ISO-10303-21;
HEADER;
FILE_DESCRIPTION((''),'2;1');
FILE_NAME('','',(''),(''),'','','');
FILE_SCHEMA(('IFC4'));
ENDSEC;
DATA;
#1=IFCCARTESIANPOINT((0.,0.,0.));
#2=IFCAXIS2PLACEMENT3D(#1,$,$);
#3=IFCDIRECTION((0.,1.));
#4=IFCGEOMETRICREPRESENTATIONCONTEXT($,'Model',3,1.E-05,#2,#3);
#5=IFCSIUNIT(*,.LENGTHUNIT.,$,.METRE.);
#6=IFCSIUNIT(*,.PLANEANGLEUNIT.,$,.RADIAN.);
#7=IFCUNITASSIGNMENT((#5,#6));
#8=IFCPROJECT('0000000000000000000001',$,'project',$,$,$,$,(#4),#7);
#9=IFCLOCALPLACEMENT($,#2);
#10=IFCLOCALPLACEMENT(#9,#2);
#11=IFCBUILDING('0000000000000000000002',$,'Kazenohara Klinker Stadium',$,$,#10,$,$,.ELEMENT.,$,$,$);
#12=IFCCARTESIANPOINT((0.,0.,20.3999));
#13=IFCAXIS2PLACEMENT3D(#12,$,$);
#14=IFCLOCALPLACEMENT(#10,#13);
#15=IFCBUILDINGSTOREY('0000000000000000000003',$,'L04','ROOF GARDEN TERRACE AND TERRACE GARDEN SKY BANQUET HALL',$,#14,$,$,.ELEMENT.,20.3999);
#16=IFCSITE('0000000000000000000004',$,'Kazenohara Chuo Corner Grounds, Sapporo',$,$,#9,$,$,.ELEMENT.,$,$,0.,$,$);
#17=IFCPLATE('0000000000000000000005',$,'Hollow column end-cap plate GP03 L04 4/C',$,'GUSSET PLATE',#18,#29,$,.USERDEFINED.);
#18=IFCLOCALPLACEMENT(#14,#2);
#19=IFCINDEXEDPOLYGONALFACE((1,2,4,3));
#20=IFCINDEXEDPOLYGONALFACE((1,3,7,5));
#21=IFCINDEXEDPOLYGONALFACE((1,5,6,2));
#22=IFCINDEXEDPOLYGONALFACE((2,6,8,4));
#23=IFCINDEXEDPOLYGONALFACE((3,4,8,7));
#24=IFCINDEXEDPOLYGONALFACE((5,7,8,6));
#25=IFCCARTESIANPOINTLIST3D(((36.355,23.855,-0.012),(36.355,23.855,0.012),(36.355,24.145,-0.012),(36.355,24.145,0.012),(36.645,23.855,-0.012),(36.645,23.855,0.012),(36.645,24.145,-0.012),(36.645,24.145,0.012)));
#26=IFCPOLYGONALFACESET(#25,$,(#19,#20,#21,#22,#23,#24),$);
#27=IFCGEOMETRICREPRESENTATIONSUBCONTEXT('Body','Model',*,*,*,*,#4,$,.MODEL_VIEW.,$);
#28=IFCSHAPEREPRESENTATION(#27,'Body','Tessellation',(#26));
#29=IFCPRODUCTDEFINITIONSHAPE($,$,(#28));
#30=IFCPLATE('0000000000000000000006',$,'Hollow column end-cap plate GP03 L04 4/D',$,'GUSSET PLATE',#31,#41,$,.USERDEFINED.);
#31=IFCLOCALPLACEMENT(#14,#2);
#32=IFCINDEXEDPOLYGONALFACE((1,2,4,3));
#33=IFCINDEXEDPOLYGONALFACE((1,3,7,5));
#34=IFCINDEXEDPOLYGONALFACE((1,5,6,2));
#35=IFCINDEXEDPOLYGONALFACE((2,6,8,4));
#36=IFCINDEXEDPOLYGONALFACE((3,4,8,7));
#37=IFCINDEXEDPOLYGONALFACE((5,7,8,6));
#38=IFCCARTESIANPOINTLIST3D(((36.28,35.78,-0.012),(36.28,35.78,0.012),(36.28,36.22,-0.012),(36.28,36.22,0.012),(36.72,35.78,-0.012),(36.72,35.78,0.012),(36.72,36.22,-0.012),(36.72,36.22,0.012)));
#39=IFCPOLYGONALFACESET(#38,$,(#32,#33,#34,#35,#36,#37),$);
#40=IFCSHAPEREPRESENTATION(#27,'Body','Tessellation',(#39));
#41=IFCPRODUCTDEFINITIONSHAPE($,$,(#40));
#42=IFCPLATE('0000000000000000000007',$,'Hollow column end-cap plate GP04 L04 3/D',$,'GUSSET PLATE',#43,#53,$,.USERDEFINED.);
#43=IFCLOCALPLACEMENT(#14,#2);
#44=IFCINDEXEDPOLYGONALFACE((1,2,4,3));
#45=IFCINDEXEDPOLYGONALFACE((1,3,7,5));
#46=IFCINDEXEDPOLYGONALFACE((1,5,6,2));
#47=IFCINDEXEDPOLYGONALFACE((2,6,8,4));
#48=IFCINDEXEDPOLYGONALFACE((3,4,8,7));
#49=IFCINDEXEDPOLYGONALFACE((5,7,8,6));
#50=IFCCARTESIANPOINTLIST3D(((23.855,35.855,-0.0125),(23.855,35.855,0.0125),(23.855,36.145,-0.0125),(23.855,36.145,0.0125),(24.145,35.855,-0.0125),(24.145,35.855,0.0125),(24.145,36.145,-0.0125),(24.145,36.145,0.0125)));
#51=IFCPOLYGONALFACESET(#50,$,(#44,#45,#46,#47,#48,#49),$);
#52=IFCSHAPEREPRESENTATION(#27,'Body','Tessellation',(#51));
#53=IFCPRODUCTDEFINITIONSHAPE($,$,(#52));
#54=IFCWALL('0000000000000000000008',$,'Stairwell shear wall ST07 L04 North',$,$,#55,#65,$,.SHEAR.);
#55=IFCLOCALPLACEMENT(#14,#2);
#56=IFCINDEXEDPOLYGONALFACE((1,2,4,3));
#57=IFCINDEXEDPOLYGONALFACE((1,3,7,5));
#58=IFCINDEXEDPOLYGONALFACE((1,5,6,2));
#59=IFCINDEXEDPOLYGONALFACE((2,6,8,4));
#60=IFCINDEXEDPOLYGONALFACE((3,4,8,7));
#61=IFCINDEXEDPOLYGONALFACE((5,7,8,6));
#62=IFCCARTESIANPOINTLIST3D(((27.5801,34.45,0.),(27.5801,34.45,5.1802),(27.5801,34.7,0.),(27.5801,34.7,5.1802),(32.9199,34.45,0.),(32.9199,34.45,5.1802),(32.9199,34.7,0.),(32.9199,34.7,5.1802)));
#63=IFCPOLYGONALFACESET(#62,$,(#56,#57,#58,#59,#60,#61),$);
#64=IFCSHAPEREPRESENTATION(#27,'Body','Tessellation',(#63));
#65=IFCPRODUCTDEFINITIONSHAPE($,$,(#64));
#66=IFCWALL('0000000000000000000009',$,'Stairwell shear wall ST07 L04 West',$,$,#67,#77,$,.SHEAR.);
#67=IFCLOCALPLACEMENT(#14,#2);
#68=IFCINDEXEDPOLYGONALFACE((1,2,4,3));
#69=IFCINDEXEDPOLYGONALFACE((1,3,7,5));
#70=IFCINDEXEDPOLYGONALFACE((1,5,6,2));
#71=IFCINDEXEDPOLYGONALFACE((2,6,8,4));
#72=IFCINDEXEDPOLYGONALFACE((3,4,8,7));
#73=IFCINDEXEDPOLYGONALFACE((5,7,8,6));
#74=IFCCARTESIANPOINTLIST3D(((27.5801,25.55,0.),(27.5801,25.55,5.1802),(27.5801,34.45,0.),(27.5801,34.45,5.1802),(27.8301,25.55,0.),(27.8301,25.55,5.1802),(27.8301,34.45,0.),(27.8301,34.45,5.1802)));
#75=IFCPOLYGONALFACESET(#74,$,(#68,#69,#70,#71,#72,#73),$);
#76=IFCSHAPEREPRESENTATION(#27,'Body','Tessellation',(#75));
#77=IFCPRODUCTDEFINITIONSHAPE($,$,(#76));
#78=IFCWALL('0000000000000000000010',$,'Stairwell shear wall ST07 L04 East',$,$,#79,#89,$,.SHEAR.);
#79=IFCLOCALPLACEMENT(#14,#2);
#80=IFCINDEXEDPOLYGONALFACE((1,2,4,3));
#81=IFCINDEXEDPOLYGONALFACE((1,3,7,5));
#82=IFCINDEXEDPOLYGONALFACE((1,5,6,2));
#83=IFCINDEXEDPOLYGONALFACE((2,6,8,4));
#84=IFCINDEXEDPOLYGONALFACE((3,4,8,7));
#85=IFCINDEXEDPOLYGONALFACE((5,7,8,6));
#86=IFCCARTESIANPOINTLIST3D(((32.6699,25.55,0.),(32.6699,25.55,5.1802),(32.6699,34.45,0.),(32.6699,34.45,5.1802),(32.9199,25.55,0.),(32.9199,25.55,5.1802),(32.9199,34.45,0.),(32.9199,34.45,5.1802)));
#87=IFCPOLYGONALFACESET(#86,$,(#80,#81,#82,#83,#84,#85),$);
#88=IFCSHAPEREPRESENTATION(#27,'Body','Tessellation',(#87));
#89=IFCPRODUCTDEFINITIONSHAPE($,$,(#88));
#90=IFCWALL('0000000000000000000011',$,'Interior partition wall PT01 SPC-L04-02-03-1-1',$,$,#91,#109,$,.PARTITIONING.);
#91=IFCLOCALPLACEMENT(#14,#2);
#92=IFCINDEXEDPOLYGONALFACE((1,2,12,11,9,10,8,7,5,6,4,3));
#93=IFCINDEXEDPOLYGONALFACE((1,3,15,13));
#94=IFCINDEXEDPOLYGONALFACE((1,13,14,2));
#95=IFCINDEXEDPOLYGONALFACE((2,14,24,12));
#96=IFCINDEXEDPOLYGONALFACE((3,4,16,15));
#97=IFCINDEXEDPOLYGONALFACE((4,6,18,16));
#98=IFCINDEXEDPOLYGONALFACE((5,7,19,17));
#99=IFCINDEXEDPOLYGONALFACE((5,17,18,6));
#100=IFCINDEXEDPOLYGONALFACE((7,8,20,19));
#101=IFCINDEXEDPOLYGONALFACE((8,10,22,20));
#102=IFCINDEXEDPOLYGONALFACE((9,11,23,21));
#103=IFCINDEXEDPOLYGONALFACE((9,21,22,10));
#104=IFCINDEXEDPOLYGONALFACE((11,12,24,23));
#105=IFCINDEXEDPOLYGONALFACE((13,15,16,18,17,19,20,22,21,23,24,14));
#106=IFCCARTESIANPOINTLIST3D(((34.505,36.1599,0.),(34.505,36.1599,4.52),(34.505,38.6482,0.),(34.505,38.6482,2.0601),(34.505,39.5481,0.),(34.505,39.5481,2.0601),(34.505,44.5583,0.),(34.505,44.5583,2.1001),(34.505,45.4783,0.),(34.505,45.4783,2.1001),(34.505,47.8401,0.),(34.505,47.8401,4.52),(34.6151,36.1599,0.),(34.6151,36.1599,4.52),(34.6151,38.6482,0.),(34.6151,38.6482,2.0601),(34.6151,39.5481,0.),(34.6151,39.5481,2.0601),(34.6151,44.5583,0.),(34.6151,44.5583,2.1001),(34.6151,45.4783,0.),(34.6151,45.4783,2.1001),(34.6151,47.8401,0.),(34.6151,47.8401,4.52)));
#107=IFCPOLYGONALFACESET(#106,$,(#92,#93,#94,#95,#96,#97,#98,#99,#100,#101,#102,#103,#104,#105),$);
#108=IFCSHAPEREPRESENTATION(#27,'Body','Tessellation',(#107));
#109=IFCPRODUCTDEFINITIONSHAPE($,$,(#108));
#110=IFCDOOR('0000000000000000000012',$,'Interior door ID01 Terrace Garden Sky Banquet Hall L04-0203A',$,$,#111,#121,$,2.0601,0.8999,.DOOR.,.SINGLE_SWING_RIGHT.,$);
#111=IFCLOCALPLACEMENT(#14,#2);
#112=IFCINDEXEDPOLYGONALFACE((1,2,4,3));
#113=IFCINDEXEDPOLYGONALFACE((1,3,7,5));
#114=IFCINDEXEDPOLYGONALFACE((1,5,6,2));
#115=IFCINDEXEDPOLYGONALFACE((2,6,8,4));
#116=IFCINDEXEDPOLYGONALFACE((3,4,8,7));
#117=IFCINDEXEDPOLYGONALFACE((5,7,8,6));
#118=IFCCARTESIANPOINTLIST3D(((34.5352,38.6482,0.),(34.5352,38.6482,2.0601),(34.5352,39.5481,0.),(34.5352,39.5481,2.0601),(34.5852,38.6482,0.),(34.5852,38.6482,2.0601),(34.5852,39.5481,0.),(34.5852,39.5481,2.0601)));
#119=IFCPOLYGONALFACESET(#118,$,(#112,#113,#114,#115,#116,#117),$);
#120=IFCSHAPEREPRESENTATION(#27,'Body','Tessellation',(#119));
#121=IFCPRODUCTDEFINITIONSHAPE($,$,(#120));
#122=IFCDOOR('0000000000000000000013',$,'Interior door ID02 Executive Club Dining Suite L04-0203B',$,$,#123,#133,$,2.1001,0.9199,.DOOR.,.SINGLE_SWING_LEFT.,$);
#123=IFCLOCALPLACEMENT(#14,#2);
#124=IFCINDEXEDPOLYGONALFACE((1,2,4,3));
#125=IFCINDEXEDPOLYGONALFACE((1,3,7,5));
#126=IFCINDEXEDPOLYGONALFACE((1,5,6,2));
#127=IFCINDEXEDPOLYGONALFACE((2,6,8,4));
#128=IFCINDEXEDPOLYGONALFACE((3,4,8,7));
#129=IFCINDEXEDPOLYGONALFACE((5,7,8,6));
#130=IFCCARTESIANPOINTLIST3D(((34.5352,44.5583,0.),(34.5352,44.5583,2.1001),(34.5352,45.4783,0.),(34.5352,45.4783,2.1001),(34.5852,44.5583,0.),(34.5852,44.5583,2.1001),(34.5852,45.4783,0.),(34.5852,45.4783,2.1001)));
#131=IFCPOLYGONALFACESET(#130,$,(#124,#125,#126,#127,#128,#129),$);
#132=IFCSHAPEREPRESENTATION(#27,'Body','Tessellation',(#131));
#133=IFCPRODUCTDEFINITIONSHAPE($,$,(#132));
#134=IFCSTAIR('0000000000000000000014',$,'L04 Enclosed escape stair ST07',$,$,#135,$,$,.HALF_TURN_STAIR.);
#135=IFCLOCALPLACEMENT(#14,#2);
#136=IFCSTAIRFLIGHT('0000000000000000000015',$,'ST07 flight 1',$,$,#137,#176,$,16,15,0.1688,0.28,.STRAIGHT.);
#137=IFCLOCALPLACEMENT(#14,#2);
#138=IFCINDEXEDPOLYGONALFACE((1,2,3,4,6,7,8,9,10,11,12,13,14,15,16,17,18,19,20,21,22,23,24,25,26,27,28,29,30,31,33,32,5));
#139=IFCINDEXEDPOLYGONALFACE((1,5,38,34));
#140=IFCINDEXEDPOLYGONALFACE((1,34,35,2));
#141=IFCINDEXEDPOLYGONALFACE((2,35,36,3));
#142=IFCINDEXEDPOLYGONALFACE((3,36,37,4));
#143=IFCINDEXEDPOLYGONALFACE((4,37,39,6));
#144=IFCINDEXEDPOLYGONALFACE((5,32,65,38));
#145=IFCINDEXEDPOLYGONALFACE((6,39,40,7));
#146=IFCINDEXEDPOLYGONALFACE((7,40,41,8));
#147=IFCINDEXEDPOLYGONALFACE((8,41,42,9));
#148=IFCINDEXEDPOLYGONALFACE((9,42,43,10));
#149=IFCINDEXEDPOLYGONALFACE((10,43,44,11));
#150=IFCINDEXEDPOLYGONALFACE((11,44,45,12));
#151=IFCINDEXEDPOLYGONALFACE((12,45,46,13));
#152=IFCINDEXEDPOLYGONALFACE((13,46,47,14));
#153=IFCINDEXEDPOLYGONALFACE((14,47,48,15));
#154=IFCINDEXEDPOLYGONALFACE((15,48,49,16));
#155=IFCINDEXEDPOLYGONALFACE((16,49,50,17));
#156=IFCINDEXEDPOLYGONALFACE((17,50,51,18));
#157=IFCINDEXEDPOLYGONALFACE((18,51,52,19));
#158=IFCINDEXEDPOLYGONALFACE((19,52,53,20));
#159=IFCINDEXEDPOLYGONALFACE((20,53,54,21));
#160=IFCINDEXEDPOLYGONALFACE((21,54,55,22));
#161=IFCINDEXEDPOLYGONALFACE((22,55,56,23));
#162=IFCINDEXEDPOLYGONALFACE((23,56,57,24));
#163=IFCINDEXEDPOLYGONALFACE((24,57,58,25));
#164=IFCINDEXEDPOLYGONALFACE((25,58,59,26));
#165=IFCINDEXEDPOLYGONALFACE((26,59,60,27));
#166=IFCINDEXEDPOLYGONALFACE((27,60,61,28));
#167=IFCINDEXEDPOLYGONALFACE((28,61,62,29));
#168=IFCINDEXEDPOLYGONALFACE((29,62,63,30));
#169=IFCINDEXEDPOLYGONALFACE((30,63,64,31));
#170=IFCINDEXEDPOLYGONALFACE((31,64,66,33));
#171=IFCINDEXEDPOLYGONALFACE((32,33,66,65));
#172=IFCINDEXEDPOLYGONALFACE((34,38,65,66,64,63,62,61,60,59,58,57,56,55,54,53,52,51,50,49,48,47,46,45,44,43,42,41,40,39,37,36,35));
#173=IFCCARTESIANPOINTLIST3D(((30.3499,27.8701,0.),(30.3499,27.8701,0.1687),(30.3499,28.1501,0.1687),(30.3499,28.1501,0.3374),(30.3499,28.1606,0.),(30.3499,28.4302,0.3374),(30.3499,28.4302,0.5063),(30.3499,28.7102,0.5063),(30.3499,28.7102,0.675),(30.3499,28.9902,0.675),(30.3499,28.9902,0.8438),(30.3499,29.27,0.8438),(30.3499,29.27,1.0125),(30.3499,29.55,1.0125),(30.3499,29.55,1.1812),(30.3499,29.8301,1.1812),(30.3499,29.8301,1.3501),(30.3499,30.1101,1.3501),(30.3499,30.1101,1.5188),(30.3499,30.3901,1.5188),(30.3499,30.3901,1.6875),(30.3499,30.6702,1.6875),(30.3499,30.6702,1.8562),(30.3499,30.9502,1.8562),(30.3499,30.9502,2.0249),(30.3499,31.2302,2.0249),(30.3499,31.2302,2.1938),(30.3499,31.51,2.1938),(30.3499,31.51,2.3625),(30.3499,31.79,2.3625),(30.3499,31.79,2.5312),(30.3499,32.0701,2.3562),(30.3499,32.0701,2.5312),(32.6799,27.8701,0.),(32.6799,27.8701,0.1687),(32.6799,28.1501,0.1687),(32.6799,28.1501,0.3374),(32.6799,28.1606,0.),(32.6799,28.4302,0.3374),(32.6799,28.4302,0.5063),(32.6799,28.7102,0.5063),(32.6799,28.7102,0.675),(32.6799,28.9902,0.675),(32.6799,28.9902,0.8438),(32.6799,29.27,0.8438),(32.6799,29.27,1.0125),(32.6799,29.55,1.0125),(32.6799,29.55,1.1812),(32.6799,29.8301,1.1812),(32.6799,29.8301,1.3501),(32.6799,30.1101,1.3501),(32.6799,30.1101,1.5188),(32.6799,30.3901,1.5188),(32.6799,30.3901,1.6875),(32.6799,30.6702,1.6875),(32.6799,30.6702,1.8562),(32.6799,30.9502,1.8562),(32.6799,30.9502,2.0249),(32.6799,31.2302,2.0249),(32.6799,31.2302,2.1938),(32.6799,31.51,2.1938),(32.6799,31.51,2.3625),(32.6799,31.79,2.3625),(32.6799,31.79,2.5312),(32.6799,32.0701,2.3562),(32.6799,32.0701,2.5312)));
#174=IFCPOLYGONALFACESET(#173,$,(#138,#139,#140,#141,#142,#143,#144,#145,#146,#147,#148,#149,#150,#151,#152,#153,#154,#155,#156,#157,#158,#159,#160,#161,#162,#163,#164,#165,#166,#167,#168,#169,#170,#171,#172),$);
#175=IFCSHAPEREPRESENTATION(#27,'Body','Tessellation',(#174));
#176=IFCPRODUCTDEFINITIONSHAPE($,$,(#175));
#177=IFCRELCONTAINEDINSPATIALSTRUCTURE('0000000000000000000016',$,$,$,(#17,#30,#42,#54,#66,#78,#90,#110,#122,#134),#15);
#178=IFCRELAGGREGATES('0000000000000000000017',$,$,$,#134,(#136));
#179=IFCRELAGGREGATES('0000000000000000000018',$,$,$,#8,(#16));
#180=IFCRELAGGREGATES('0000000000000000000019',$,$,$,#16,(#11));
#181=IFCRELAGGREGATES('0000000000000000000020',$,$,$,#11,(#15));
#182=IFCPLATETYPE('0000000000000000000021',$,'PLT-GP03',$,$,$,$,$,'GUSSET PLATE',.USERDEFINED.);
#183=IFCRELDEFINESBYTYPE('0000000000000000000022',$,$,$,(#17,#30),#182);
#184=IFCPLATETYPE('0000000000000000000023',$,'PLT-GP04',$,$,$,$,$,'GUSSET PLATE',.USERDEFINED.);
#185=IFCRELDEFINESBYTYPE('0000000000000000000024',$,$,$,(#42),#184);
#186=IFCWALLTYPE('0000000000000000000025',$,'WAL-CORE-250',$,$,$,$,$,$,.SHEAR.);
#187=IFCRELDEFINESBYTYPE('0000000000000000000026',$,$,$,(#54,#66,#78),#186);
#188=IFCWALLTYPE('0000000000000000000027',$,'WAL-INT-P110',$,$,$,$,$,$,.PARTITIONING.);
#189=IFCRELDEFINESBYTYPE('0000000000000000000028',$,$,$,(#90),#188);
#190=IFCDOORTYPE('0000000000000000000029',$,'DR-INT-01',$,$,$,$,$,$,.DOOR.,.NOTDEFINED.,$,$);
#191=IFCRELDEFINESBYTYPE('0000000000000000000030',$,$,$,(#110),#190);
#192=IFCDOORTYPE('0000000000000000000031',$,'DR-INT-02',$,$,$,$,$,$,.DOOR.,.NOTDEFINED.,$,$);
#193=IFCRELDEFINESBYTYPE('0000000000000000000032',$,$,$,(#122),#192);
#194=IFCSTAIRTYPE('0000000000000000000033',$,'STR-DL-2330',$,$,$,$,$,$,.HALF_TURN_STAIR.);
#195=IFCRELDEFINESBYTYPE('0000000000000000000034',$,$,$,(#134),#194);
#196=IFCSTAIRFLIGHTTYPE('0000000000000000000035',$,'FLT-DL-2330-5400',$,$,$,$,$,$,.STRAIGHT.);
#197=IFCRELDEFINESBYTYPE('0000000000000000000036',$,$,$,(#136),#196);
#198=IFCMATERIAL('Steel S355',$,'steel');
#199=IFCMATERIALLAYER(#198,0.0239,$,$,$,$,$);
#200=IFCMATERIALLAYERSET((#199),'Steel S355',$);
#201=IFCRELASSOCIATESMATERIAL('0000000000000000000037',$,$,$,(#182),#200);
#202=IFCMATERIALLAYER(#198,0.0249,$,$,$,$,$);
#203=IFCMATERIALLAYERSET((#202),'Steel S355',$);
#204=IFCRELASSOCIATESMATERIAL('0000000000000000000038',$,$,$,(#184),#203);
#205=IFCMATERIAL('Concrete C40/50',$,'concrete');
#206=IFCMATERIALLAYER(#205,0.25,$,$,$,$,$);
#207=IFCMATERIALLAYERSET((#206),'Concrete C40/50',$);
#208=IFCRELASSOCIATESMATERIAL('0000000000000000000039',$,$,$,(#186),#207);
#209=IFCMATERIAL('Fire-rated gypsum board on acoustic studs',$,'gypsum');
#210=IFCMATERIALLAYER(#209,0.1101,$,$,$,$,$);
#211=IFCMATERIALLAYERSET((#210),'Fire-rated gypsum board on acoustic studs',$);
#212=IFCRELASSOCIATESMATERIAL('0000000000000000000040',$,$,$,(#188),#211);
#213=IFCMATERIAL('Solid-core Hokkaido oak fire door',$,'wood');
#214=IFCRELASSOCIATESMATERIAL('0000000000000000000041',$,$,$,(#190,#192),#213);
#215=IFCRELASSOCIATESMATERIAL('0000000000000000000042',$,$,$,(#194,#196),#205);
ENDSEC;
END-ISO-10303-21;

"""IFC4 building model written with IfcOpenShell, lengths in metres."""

from ifc_helpers import new_model, si_unit, direction, frame, frame_2d, origin, origin_2d, place, context, subcontext, project, spatial, polyline, rectangle, outline, extrude, material, layer, layer_set, type_object, element, fill, aggregate, save


model = new_model("IFC4")

# Units and contexts
model_context = context("Model", 3, precision=1e-05, world=origin(), true_north=direction((0.0, 1.0)))
body_context = subcontext(model_context, "Body", "Model", "MODEL_VIEW")
ifc_project = project(units=[si_unit("LENGTHUNIT", "METRE"), si_unit("PLANEANGLEUNIT", "RADIAN")], contexts=[model_context])

# Site, building, storey
site_placement = place(None, origin())
site = spatial("IfcSite", under=ifc_project, at=site_placement, Name="Kazenohara Chuo Corner Grounds, Sapporo", CompositionType="ELEMENT", RefElevation=0.0)
building_placement = place(site_placement, origin())
building = spatial("IfcBuilding", under=site, at=building_placement, Name="Kazenohara Klinker Stadium", CompositionType="ELEMENT")
storey_placement = place(building_placement, frame((0.0, 0.0, 20.3999)))
storey = spatial("IfcBuildingStorey", under=building, at=storey_placement, Name="L04", Description="ROOF GARDEN TERRACE AND TERRACE GARDEN SKY BANQUET HALL", CompositionType="ELEMENT", Elevation=20.3999)

# Shared definitions
ifc_material_1 = material(Name="Concrete C40/50", Category="concrete")
ifc_material_2 = material(Name="Steel S355", Category="steel")

# Plates
ifc_layer_1 = layer(ifc_material_2, 0.0239)
ifc_layer_set_1 = layer_set([ifc_layer_1], Name="Steel S355")
plate_type_1 = type_object("IfcPlateType", Name="PLT-GP03", ElementType="GUSSET PLATE", PredefinedType="USERDEFINED", material=ifc_layer_set_1)
plate_1_placement = place(storey_placement, frame((36.5, 24.0, -0.012), z_axis=(0.0, 0.0, 1.0), x_axis=(1.0, 0.0, 0.0)))
element("IfcPlate", 1, at=plate_1_placement, inside=storey, type_object=plate_type_1, Name="Hollow column end-cap plate GP03 L04 4/C", ObjectType="GUSSET PLATE", PredefinedType="USERDEFINED", context=body_context, shape_type="SweptSolid", body=[
    extrude(rectangle(XDim=0.29, YDim=0.29, at=origin_2d()), origin(), (0.0, 0.0, 1.0), 0.0239),
])
plate_2_placement = place(storey_placement, frame((36.5, 36.0, -0.012), z_axis=(0.0, 0.0, 1.0), x_axis=(1.0, 0.0, 0.0)))
element("IfcPlate", 2, at=plate_2_placement, inside=storey, type_object=plate_type_1, Name="Hollow column end-cap plate GP03 L04 4/D", ObjectType="GUSSET PLATE", PredefinedType="USERDEFINED", context=body_context, shape_type="SweptSolid", body=[
    extrude(rectangle(XDim=0.4399, YDim=0.4399, at=origin_2d()), origin(), (0.0, 0.0, 1.0), 0.0239),
])
ifc_layer_2 = layer(ifc_material_2, 0.0249)
ifc_layer_set_2 = layer_set([ifc_layer_2], Name="Steel S355")
plate_type_2 = type_object("IfcPlateType", Name="PLT-GP04", ElementType="GUSSET PLATE", PredefinedType="USERDEFINED", material=ifc_layer_set_2)
plate_3_placement = place(storey_placement, frame((24.0, 36.0, -0.0125), z_axis=(0.0, 0.0, 1.0), x_axis=(1.0, 0.0, 0.0)))
element("IfcPlate", 3, at=plate_3_placement, inside=storey, type_object=plate_type_2, Name="Hollow column end-cap plate GP04 L04 3/D", ObjectType="GUSSET PLATE", PredefinedType="USERDEFINED", context=body_context, shape_type="SweptSolid", body=[
    extrude(rectangle(XDim=0.29, YDim=0.29, at=origin_2d()), origin(), (0.0, 0.0, 1.0), 0.0249),
])

# Shared definitions
ifc_layer_3 = layer(ifc_material_1, 0.25)
ifc_layer_set_3 = layer_set([ifc_layer_3], Name="Concrete C40/50")
wall_type_1 = type_object("IfcWallType", Name="WAL-CORE-250", PredefinedType="SHEAR", material=ifc_layer_set_3)

# Walls
wall_1_placement = place(storey_placement, frame((27.5801, 34.575, 0.0), z_axis=(0.0, 0.0, 1.0), x_axis=(1.0, 0.0, 0.0)))
element("IfcWall", 4, at=wall_1_placement, inside=storey, type_object=wall_type_1, Name="Stairwell shear wall ST07 L04 North", PredefinedType="SHEAR", context=body_context, shape_type="SweptSolid", body=[
    extrude(rectangle(XDim=5.3398, YDim=0.25, at=frame_2d((2.6699, 0.0))), origin(), (0.0, 0.0, 1.0), 5.1802),
])
for number, where, z_axis, x_axis, name in (
    (5, (27.7051, 25.55, 0.0), (0.0, 0.0, 1.0), (0.0, 1.0, 0.0), "Stairwell shear wall ST07 L04 West"),
    (6, (32.7949, 25.55, 0.0), (0.0, 0.0, 1.0), (0.0, 1.0, 0.0), "Stairwell shear wall ST07 L04 East"),
):
    element("IfcWall", number, at=place(storey_placement, frame(where, z_axis=z_axis, x_axis=x_axis)), inside=storey, type_object=wall_type_1, Name=name, PredefinedType="SHEAR", context=body_context, shape_type="SweptSolid", body=[
        extrude(rectangle(XDim=8.8999, YDim=0.25, at=frame_2d((4.45, 0.0))), origin(), (0.0, 0.0, 1.0), 5.1802),
    ])

# Wall, openings, doors
ifc_material_3 = material(Name="Fire-rated gypsum board on acoustic studs", Category="gypsum")
ifc_layer_4 = layer(ifc_material_3, 0.1101)
ifc_layer_set_4 = layer_set([ifc_layer_4], Name="Fire-rated gypsum board on acoustic studs")
wall_type_2 = type_object("IfcWallType", Name="WAL-INT-P110", PredefinedType="PARTITIONING", material=ifc_layer_set_4)
wall_2_placement = place(storey_placement, frame((34.5601, 36.1599, 0.0), z_axis=(0.0, 0.0, 1.0), x_axis=(0.0, 1.0, 0.0)))
wall_2 = element("IfcWall", 7, at=wall_2_placement, inside=storey, type_object=wall_type_2, Name="Interior partition wall PT01 SPC-L04-02-03-1-1", PredefinedType="PARTITIONING", context=body_context, shape_type="SweptSolid", body=[
    extrude(rectangle(XDim=11.6802, YDim=0.1101, at=frame_2d((5.8401, 0.0))), origin(), (0.0, 0.0, 1.0), 4.52),
])
opening_1_placement = place(wall_2_placement, frame((2.4883, 0.0, 0.0)))
opening_1 = element("IfcOpeningElement", 8, at=opening_1_placement, cuts=wall_2, PredefinedType="OPENING", context=body_context, shape_type="SweptSolid", body=[
    extrude(rectangle(XDim=0.8999, YDim=2.0601, at=frame_2d((0.45, 1.03))), frame((0.0, 0.0649, 0.0), z_axis=(0.0, -1.0, 0.0), x_axis=(1.0, 0.0, 0.0)), (0.0, 0.0, 1.0), 0.1301),
])
opening_2_placement = place(wall_2_placement, frame((8.3984, 0.0, 0.0)))
opening_2 = element("IfcOpeningElement", 9, at=opening_2_placement, cuts=wall_2, PredefinedType="OPENING", context=body_context, shape_type="SweptSolid", body=[
    extrude(rectangle(XDim=0.9199, YDim=2.1001, at=frame_2d((0.46, 1.05))), frame((0.0, 0.0649, 0.0), z_axis=(0.0, -1.0, 0.0), x_axis=(1.0, 0.0, 0.0)), (0.0, 0.0, 1.0), 0.1301),
])
ifc_material_4 = material(Name="Solid-core Hokkaido oak fire door", Category="wood")
door_type_1 = type_object("IfcDoorType", Name="DR-INT-01", OperationType="NOTDEFINED", PredefinedType="DOOR", material=ifc_material_4)
door_1_placement = place(opening_1_placement, origin())
door_1 = element("IfcDoor", 10, at=door_1_placement, inside=storey, type_object=door_type_1, Name="Interior door ID01 Terrace Garden Sky Banquet Hall L04-0203A", OperationType="SINGLE_SWING_RIGHT", OverallHeight=2.0601, OverallWidth=0.8999, PredefinedType="DOOR", context=body_context, shape_type="SweptSolid", body=[
    extrude(rectangle(XDim=0.8999, YDim=2.0601, at=frame_2d((0.45, 1.03))), frame((0.0, 0.0249, 0.0), z_axis=(0.0, -1.0, 0.0), x_axis=(1.0, 0.0, 0.0)), (0.0, 0.0, 1.0), 0.05),
])
fill(opening_1, door_1)
door_type_2 = type_object("IfcDoorType", Name="DR-INT-02", OperationType="NOTDEFINED", PredefinedType="DOOR", material=ifc_material_4)
door_2_placement = place(opening_2_placement, origin())
door_2 = element("IfcDoor", 11, at=door_2_placement, inside=storey, type_object=door_type_2, Name="Interior door ID02 Executive Club Dining Suite L04-0203B", OperationType="SINGLE_SWING_LEFT", OverallHeight=2.1001, OverallWidth=0.9199, PredefinedType="DOOR", context=body_context, shape_type="SweptSolid", body=[
    extrude(rectangle(XDim=0.9199, YDim=2.1001, at=frame_2d((0.46, 1.05))), frame((0.0, 0.0249, 0.0), z_axis=(0.0, -1.0, 0.0), x_axis=(1.0, 0.0, 0.0)), (0.0, 0.0, 1.0), 0.05),
])
fill(opening_2, door_2)

# Stair, stair flight
stair_type = type_object("IfcStairType", Name="STR-DL-2330", PredefinedType="HALF_TURN_STAIR", material=ifc_material_1)
stair_placement = place(storey_placement, origin())
stair = element("IfcStair", 12, at=stair_placement, inside=storey, type_object=stair_type, Name="L04 Enclosed escape stair ST07", PredefinedType="HALF_TURN_STAIR")
stair_flight_type = type_object("IfcStairFlightType", Name="FLT-DL-2330-5400", PredefinedType="STRAIGHT", material=ifc_material_1)
stair_flight_1_placement = place(storey_placement, frame((31.5149, 27.8701, 0.0), z_axis=(0.0, 0.0, 1.0), x_axis=(0.0, 1.0, 0.0)))
stair_flight_1 = element("IfcStairFlight", 13, at=stair_flight_1_placement, type_object=stair_flight_type, Name="ST07 flight 1", NumberOfRisers=16, NumberOfTreads=15, PredefinedType="STRAIGHT", RiserHeight=0.1688, TreadLength=0.28, context=body_context, shape_type="SweptSolid", body=[
    extrude(outline(polyline([(0.0, 0.0), (0.0, 0.1687), (0.28, 0.1687), (0.28, 0.3374), (0.5601, 0.3374), (0.5601, 0.5063), (0.8401, 0.5063), (0.8401, 0.675), (1.1201, 0.675), (1.1201, 0.8438), (1.3999, 0.8438), (1.3999, 1.0125), (1.6799, 1.0125), (1.6799, 1.1812), (1.96, 1.1812), (1.96, 1.3501), (2.24, 1.3501), (2.24, 1.5188), (2.52, 1.5188), (2.52, 1.6875), (2.8, 1.6875), (2.8, 1.8562), (3.0801, 1.8562), (3.0801, 2.0249), (3.3601, 2.0249), (3.3601, 2.1938), (3.6399, 2.1938), (3.6399, 2.3625), (3.9199, 2.3625), (3.9199, 2.5312), (4.2, 2.5312), (4.2, 2.7), (4.2, 2.3562), (0.2905, 0.0), (0.0, 0.0)])), frame((0.0, 1.165, 0.0), z_axis=(0.0, -1.0, 0.0), x_axis=(1.0, 0.0, 0.0)), (0.0, 0.0, 1.0), 2.3301),
])
aggregate(stair, [stair_flight_1])

save(model, "model.ifc")
